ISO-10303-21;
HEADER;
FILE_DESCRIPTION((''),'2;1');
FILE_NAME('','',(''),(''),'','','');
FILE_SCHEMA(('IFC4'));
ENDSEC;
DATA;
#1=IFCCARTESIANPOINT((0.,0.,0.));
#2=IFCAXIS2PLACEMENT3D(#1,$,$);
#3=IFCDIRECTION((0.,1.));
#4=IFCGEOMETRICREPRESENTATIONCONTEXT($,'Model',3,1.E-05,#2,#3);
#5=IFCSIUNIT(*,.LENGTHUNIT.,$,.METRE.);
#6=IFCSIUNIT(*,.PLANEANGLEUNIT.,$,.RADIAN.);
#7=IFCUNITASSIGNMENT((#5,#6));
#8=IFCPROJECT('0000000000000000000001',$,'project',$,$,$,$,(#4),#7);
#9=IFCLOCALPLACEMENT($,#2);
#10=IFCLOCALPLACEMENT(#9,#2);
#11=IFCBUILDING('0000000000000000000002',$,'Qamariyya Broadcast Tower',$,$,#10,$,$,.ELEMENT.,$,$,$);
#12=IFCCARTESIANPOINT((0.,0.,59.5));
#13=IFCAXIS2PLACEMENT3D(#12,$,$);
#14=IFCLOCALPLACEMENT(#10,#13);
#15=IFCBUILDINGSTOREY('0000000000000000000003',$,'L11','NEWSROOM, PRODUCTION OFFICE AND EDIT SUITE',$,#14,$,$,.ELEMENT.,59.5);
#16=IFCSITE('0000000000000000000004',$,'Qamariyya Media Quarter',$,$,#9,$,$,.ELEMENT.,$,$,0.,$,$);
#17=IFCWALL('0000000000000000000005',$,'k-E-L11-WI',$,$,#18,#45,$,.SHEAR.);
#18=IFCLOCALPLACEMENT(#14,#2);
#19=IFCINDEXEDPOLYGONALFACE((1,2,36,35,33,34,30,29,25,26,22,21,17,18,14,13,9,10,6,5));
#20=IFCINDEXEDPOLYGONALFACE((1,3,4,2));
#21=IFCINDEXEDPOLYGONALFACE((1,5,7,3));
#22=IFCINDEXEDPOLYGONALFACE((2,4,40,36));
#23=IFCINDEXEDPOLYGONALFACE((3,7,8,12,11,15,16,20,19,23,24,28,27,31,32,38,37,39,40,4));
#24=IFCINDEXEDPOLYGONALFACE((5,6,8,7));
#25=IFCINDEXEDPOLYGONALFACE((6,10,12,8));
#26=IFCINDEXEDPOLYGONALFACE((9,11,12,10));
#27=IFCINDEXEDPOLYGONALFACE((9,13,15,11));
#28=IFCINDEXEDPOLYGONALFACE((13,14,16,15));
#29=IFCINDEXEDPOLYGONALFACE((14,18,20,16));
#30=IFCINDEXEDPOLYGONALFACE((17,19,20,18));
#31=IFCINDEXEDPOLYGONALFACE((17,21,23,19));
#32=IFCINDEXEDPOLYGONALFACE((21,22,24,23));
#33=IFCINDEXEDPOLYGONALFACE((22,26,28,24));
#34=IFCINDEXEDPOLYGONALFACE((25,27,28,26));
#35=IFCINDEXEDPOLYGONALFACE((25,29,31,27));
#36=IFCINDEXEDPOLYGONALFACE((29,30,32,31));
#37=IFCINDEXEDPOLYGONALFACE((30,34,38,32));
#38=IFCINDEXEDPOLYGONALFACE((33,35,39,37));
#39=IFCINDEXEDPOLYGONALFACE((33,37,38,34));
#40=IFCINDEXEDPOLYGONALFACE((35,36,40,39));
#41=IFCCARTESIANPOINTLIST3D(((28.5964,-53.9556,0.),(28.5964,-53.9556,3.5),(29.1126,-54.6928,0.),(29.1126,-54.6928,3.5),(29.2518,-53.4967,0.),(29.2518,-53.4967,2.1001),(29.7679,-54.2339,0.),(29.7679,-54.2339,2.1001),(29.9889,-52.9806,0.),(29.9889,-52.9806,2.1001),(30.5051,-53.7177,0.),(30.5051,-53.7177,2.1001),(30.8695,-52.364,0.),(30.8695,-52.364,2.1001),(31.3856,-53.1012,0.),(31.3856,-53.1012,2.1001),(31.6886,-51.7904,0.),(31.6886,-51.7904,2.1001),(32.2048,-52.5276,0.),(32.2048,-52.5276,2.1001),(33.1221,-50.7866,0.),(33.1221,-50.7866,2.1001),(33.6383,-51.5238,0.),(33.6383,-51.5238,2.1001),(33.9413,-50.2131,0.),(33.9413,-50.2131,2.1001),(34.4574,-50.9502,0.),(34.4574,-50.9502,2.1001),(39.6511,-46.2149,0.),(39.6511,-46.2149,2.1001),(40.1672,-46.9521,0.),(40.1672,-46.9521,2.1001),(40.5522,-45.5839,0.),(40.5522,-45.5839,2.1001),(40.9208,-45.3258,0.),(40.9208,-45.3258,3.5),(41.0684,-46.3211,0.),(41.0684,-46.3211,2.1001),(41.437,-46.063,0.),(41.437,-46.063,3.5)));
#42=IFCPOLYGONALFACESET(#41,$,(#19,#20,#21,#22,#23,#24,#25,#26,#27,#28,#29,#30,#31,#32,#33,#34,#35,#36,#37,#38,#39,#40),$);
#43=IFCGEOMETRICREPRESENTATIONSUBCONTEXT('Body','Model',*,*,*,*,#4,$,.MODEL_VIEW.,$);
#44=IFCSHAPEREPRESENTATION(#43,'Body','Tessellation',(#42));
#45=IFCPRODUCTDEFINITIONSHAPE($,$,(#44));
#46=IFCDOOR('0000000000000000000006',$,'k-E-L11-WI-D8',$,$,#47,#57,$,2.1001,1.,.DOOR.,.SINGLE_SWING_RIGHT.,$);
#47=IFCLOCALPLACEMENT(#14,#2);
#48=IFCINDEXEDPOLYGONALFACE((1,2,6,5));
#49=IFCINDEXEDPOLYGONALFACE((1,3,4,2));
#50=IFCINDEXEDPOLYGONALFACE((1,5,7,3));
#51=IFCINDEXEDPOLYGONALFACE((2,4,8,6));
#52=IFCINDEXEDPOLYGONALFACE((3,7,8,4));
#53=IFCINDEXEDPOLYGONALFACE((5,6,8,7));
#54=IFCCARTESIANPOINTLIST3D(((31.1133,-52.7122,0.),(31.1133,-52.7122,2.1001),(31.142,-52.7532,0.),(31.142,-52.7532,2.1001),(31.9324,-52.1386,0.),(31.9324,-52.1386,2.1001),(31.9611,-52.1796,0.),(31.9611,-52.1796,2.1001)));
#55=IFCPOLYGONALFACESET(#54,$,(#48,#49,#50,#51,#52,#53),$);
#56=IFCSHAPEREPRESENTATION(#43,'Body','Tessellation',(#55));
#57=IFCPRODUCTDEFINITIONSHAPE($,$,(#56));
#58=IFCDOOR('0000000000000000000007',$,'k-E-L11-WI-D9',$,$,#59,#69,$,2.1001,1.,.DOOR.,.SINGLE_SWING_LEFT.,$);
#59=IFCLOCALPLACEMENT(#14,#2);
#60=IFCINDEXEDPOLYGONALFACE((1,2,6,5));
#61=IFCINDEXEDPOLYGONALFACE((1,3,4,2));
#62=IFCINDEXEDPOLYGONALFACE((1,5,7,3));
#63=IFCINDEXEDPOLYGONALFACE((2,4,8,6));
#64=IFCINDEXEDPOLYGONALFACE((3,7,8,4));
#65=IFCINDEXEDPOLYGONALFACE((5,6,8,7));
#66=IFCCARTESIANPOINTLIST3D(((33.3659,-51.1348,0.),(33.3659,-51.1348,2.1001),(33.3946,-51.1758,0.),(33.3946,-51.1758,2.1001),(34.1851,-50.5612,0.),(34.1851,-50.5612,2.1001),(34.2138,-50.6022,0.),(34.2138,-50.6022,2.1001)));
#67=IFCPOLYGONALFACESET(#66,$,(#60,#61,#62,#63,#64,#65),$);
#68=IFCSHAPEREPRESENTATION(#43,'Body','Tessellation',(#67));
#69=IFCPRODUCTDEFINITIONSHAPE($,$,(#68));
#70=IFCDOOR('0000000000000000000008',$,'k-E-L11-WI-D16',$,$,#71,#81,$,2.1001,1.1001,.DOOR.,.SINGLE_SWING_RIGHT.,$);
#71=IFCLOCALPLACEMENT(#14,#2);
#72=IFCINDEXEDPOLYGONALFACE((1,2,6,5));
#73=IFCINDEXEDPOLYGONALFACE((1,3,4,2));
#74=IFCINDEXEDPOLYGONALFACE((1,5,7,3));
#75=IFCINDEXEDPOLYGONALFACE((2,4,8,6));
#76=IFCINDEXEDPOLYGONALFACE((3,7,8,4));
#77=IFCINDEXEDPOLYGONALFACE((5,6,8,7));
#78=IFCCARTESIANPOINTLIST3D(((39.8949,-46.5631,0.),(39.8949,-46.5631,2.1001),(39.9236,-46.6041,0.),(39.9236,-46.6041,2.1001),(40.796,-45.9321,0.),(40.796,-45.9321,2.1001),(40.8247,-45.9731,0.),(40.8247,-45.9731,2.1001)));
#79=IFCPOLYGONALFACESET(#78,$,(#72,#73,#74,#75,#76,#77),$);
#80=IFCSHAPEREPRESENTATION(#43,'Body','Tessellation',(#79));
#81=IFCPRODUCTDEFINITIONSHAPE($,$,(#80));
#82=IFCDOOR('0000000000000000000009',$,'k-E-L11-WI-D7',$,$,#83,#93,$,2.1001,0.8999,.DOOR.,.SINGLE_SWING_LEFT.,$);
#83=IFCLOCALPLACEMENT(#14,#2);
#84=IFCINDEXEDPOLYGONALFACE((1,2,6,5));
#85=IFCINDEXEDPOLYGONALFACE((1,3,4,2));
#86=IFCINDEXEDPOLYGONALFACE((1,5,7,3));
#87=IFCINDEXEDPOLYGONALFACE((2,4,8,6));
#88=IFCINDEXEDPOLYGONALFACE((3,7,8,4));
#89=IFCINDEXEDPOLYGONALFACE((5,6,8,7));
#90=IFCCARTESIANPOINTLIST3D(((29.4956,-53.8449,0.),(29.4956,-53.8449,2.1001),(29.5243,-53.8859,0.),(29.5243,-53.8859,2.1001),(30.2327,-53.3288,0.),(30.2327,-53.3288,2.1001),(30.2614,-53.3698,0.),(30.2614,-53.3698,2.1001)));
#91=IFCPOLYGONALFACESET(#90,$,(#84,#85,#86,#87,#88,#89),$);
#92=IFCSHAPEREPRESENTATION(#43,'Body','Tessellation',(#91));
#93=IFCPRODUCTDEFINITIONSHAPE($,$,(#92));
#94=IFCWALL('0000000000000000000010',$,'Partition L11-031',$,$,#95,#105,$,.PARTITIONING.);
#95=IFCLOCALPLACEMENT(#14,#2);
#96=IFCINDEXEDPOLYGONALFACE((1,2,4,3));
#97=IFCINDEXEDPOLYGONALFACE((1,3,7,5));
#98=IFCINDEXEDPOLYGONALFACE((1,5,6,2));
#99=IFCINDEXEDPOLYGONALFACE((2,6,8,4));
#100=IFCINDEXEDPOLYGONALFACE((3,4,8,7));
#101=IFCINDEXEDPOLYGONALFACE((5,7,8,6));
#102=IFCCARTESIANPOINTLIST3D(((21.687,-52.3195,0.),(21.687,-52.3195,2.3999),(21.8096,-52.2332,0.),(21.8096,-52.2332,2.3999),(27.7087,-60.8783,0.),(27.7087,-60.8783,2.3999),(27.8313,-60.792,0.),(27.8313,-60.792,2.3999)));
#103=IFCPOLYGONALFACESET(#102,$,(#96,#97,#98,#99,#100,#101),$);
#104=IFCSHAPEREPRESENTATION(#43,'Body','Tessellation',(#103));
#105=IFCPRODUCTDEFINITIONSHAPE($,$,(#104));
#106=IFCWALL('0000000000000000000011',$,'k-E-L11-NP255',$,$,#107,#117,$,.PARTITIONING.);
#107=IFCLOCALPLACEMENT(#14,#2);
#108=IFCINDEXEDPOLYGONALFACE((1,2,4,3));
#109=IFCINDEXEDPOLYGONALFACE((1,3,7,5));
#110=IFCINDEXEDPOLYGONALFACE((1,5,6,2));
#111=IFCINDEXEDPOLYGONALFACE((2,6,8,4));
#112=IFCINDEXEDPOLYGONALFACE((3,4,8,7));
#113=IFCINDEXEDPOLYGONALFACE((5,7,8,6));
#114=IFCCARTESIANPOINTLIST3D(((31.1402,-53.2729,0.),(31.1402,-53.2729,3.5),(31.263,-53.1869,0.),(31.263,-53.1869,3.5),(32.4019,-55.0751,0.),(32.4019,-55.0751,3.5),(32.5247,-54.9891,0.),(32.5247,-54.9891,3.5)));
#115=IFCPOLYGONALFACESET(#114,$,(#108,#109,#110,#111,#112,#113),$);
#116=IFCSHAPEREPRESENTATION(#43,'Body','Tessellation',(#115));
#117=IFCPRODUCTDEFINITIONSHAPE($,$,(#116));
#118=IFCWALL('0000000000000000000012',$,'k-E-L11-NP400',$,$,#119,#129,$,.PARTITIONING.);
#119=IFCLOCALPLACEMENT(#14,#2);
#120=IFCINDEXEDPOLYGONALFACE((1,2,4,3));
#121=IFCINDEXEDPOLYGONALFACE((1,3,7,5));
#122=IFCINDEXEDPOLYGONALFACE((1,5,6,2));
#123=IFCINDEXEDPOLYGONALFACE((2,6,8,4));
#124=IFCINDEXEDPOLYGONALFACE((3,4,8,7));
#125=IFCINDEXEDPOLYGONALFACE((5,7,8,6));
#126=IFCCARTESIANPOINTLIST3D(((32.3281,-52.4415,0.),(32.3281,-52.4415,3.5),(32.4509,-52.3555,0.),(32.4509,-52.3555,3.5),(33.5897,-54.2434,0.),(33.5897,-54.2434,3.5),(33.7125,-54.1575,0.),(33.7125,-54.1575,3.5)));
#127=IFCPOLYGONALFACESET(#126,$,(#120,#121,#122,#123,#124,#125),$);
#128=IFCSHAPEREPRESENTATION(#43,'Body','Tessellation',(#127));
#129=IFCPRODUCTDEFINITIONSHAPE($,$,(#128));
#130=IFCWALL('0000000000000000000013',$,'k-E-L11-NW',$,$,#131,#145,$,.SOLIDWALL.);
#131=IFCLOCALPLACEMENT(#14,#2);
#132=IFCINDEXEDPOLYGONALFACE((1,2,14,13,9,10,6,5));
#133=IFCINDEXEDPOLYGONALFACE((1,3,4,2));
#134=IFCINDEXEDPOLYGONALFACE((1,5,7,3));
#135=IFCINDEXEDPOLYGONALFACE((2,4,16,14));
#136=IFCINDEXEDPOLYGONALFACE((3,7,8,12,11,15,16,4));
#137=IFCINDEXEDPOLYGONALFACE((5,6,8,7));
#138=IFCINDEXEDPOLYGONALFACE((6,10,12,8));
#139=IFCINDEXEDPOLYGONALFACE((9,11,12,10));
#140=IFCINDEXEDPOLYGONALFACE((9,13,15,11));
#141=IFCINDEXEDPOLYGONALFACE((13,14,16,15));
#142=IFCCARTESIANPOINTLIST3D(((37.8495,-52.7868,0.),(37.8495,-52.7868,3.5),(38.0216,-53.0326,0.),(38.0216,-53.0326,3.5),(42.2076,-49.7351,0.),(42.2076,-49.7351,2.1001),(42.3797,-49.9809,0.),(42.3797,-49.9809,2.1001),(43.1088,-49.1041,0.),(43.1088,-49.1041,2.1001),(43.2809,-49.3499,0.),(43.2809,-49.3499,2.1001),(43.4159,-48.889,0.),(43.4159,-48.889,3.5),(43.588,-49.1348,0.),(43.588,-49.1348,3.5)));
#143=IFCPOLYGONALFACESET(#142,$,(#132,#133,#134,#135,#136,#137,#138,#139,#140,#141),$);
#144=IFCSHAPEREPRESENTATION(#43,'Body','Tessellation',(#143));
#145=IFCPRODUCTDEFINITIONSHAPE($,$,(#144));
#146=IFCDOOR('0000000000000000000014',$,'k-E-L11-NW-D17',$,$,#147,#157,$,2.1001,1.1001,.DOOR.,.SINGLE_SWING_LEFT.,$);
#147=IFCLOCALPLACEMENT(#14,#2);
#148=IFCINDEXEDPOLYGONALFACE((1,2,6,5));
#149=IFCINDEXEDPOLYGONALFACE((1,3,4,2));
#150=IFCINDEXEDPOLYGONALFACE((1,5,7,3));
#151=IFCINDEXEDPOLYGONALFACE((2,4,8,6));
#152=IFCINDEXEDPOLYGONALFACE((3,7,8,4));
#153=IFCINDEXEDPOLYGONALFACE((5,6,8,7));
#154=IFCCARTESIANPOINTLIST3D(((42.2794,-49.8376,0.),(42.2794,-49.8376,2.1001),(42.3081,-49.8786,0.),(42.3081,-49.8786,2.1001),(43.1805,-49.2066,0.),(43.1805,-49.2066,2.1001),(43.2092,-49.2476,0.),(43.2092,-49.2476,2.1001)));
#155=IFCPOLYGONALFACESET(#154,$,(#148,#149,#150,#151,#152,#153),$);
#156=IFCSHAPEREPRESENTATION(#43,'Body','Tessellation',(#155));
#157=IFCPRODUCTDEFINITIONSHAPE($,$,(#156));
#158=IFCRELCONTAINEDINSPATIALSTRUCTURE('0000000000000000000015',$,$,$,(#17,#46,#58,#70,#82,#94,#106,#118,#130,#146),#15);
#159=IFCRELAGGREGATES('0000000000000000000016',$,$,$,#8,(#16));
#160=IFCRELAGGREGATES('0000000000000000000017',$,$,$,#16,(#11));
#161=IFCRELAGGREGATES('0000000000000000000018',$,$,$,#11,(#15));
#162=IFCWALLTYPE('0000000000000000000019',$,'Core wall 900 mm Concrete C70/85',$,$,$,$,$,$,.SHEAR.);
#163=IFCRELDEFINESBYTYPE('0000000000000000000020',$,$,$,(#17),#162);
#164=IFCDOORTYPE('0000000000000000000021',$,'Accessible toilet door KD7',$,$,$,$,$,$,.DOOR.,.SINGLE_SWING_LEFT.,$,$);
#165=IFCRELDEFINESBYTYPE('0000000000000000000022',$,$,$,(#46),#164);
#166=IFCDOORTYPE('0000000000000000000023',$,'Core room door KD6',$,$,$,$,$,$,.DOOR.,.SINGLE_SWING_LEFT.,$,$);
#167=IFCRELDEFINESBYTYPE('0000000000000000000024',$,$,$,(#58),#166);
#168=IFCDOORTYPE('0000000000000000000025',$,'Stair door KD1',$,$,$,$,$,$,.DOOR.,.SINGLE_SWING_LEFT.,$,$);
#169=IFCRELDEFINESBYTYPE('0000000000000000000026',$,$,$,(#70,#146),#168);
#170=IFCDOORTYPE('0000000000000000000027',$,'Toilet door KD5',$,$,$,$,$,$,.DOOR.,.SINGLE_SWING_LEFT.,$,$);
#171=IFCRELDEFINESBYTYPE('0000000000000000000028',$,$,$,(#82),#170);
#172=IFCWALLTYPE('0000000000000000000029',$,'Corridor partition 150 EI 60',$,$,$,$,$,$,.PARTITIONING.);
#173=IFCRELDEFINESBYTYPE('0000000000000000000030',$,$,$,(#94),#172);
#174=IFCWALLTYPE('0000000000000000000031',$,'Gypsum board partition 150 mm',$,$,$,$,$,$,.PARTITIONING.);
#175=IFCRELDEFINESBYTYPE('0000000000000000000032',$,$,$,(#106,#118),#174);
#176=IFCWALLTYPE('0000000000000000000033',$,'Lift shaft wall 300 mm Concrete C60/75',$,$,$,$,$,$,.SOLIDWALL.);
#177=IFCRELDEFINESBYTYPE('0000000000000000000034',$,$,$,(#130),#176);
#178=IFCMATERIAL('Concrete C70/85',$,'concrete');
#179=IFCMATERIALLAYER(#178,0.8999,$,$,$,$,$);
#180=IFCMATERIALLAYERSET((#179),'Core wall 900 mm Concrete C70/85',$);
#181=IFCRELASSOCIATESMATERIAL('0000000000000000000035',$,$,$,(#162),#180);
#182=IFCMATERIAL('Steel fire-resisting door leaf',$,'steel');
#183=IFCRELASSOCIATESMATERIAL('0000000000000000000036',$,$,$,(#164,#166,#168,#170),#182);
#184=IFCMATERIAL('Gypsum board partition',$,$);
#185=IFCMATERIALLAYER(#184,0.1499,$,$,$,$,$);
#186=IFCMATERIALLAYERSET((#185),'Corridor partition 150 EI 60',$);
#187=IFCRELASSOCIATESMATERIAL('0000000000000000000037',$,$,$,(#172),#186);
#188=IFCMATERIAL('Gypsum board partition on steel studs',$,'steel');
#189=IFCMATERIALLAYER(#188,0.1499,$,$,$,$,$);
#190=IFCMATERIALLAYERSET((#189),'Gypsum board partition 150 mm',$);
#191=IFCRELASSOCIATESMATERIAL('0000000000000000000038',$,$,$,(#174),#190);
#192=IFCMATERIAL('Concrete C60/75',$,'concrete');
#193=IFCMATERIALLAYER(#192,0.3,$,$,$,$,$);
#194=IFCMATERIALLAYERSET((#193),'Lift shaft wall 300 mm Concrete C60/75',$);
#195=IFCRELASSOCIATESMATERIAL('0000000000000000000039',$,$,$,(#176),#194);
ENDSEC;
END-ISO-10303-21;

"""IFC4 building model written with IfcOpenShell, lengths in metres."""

from ifc_helpers import new_model, si_unit, direction, frame, frame_2d, origin, place, context, subcontext, project, spatial, rectangle, extrude, material, layer, layer_set, type_object, element, fill, save


model = new_model("IFC4")

# Units and contexts
model_context = context("Model", 3, precision=1e-05, world=origin(), true_north=direction((0.0, 1.0)))
body_context = subcontext(model_context, "Body", "Model", "MODEL_VIEW")
ifc_project = project(units=[si_unit("LENGTHUNIT", "METRE"), si_unit("PLANEANGLEUNIT", "RADIAN")], contexts=[model_context])

# Site, building, storey
site_placement = place(None, origin())
site = spatial("IfcSite", under=ifc_project, at=site_placement, Name="Qamariyya Media Quarter", CompositionType="ELEMENT", RefElevation=0.0)
building_placement = place(site_placement, origin())
building = spatial("IfcBuilding", under=site, at=building_placement, Name="Qamariyya Broadcast Tower", CompositionType="ELEMENT")
storey_placement = place(building_placement, frame((0.0, 0.0, 59.5)))
storey = spatial("IfcBuildingStorey", under=building, at=storey_placement, Name="L11", Description="NEWSROOM, PRODUCTION OFFICE AND EDIT SUITE", CompositionType="ELEMENT", Elevation=59.5)

# Shared definitions
ifc_material_1 = material(Name="Concrete C70/85", Category="concrete")

# Wall, openings, doors
ifc_layer_1 = layer(ifc_material_1, 0.8999)
ifc_layer_set_1 = layer_set([ifc_layer_1], Name="Core wall 900 mm Concrete C70/85")
wall_type_1 = type_object("IfcWallType", Name="Core wall 900 mm Concrete C70/85", PredefinedType="SHEAR", material=ifc_layer_set_1)
wall_1_placement = place(storey_placement, frame((28.8545, -54.3242, 0.0), z_axis=(0.0, 0.0, 1.0), x_axis=(0.819146, 0.573585, 0.0)))
wall_1 = element("IfcWall", 1, at=wall_1_placement, inside=storey, type_object=wall_type_1, Name="k-E-L11-WI", PredefinedType="SHEAR", context=body_context, shape_type="SweptSolid", body=[
    extrude(rectangle(XDim=15.0454, YDim=0.8999, at=frame_2d((7.5227, 0.0))), origin(), (0.0, 0.0, 1.0), 3.5),
])
opening_1_placement = place(wall_1_placement, frame((0.8, 0.0, 0.0)))
opening_1 = element("IfcOpeningElement", 2, at=opening_1_placement, cuts=wall_1, PredefinedType="OPENING", context=body_context, shape_type="SweptSolid", body=[
    extrude(rectangle(XDim=0.8999, YDim=2.1001, at=frame_2d((0.45, 1.05))), frame((0.0, 0.46, 0.0), z_axis=(0.0, -1.0, 0.0), x_axis=(1.0, 0.0, 0.0)), (0.0, 0.0, 1.0), 0.9199),
])
opening_2_placement = place(wall_1_placement, frame((2.7749, 0.0, 0.0)))
opening_2 = element("IfcOpeningElement", 3, at=opening_2_placement, cuts=wall_1, PredefinedType="OPENING", context=body_context, shape_type="SweptSolid", body=[
    extrude(rectangle(XDim=1.0, YDim=2.1001, at=frame_2d((0.5, 1.05))), frame((0.0, 0.46, 0.0), z_axis=(0.0, -1.0, 0.0), x_axis=(1.0, 0.0, 0.0)), (0.0, 0.0, 1.0), 0.9199),
])
opening_3_placement = place(wall_1_placement, frame((5.5249, 0.0, 0.0)))
opening_3 = element("IfcOpeningElement", 4, at=opening_3_placement, cuts=wall_1, PredefinedType="OPENING", context=body_context, shape_type="SweptSolid", body=[
    extrude(rectangle(XDim=1.0, YDim=2.1001, at=frame_2d((0.5, 1.05))), frame((0.0, 0.46, 0.0), z_axis=(0.0, -1.0, 0.0), x_axis=(1.0, 0.0, 0.0)), (0.0, 0.0, 1.0), 0.9199),
])
opening_4_placement = place(wall_1_placement, frame((13.4954, 0.0, 0.0)))
opening_4 = element("IfcOpeningElement", 5, at=opening_4_placement, cuts=wall_1, PredefinedType="OPENING", context=body_context, shape_type="SweptSolid", body=[
    extrude(rectangle(XDim=1.1001, YDim=2.1001, at=frame_2d((0.55, 1.05))), frame((0.0, 0.46, 0.0), z_axis=(0.0, -1.0, 0.0), x_axis=(1.0, 0.0, 0.0)), (0.0, 0.0, 1.0), 0.9199),
])
ifc_material_2 = material(Name="Steel fire-resisting door leaf", Category="steel")
door_type_1 = type_object("IfcDoorType", Name="Accessible toilet door KD7", OperationType="SINGLE_SWING_LEFT", PredefinedType="DOOR", material=ifc_material_2)
door_1_placement = place(opening_2_placement, origin())
door_1 = element("IfcDoor", 6, at=door_1_placement, inside=storey, type_object=door_type_1, Name="k-E-L11-WI-D8", OperationType="SINGLE_SWING_RIGHT", OverallHeight=2.1001, OverallWidth=1.0, PredefinedType="DOOR", context=body_context, shape_type="SweptSolid", body=[
    extrude(rectangle(XDim=1.0, YDim=2.1001, at=frame_2d((0.5, 1.05))), frame((0.0, 0.0249, 0.0), z_axis=(0.0, -1.0, 0.0), x_axis=(1.0, 0.0, 0.0)), (0.0, 0.0, 1.0), 0.05),
])
fill(opening_2, door_1)
door_type_2 = type_object("IfcDoorType", Name="Core room door KD6", OperationType="SINGLE_SWING_LEFT", PredefinedType="DOOR", material=ifc_material_2)
door_2_placement = place(opening_3_placement, origin())
door_2 = element("IfcDoor", 7, at=door_2_placement, inside=storey, type_object=door_type_2, Name="k-E-L11-WI-D9", OperationType="SINGLE_SWING_LEFT", OverallHeight=2.1001, OverallWidth=1.0, PredefinedType="DOOR", context=body_context, shape_type="SweptSolid", body=[
    extrude(rectangle(XDim=1.0, YDim=2.1001, at=frame_2d((0.5, 1.05))), frame((0.0, 0.0249, 0.0), z_axis=(0.0, -1.0, 0.0), x_axis=(1.0, 0.0, 0.0)), (0.0, 0.0, 1.0), 0.05),
])
fill(opening_3, door_2)
door_type_3 = type_object("IfcDoorType", Name="Stair door KD1", OperationType="SINGLE_SWING_LEFT", PredefinedType="DOOR", material=ifc_material_2)
door_3_placement = place(opening_4_placement, origin())
door_3 = element("IfcDoor", 8, at=door_3_placement, inside=storey, type_object=door_type_3, Name="k-E-L11-WI-D16", OperationType="SINGLE_SWING_RIGHT", OverallHeight=2.1001, OverallWidth=1.1001, PredefinedType="DOOR", context=body_context, shape_type="SweptSolid", body=[
    extrude(rectangle(XDim=1.1001, YDim=2.1001, at=frame_2d((0.55, 1.05))), frame((0.0, 0.0249, 0.0), z_axis=(0.0, -1.0, 0.0), x_axis=(1.0, 0.0, 0.0)), (0.0, 0.0, 1.0), 0.05),
])
fill(opening_4, door_3)
door_type_4 = type_object("IfcDoorType", Name="Toilet door KD5", OperationType="SINGLE_SWING_LEFT", PredefinedType="DOOR", material=ifc_material_2)
door_4_placement = place(opening_1_placement, origin())
door_4 = element("IfcDoor", 9, at=door_4_placement, inside=storey, type_object=door_type_4, Name="k-E-L11-WI-D7", OperationType="SINGLE_SWING_LEFT", OverallHeight=2.1001, OverallWidth=0.8999, PredefinedType="DOOR", context=body_context, shape_type="SweptSolid", body=[
    extrude(rectangle(XDim=0.8999, YDim=2.1001, at=frame_2d((0.45, 1.05))), frame((0.0, 0.0249, 0.0), z_axis=(0.0, -1.0, 0.0), x_axis=(1.0, 0.0, 0.0)), (0.0, 0.0, 1.0), 0.05),
])
fill(opening_1, door_4)

# Walls
ifc_material_3 = material(Name="Gypsum board partition")
ifc_layer_2 = layer(ifc_material_3, 0.1499)
ifc_layer_set_2 = layer_set([ifc_layer_2], Name="Corridor partition 150 EI 60")
wall_type_2 = type_object("IfcWallType", Name="Corridor partition 150 EI 60", PredefinedType="PARTITIONING", material=ifc_layer_set_2)
wall_2_placement = place(storey_placement, frame((21.7483, -52.2764, 0.0), z_axis=(0.0, 0.0, 1.0), x_axis=(0.575419, -0.817858, 0.0)))
element("IfcWall", 10, at=wall_2_placement, inside=storey, type_object=wall_type_2, Name="Partition L11-031", PredefinedType="PARTITIONING", context=body_context, shape_type="SweptSolid", body=[
    extrude(rectangle(XDim=10.4648, YDim=0.1499, at=frame_2d((5.2324, 0.0))), origin(), (0.0, 0.0, 1.0), 2.3999),
])
ifc_material_4 = material(Name="Gypsum board partition on steel studs", Category="steel")
ifc_layer_3 = layer(ifc_material_4, 0.1499)
ifc_layer_set_3 = layer_set([ifc_layer_3], Name="Gypsum board partition 150 mm")
wall_type_3 = type_object("IfcWallType", Name="Gypsum board partition 150 mm", PredefinedType="PARTITIONING", material=ifc_layer_set_3)
wall_3_placement = place(storey_placement, frame((32.4634, -55.0322, 0.0), z_axis=(0.0, 0.0, 1.0), x_axis=(-0.573507, 0.819201, 0.0)))
element("IfcWall", 11, at=wall_3_placement, inside=storey, type_object=wall_type_3, Name="k-E-L11-NP255", PredefinedType="PARTITIONING", context=body_context, shape_type="SweptSolid", body=[
    extrude(rectangle(XDim=2.2, YDim=0.1499, at=frame_2d((1.1001, 0.0))), origin(), (0.0, 0.0, 1.0), 3.5),
])
wall_4_placement = place(storey_placement, frame((33.6511, -54.2004, 0.0), z_axis=(0.0, 0.0, 1.0), x_axis=(-0.573559, 0.819164, 0.0)))
element("IfcWall", 12, at=wall_4_placement, inside=storey, type_object=wall_type_3, Name="k-E-L11-NP400", PredefinedType="PARTITIONING", context=body_context, shape_type="SweptSolid", body=[
    extrude(rectangle(XDim=2.1997, YDim=0.1499, at=frame_2d((1.0999, 0.0))), origin(), (0.0, 0.0, 1.0), 3.5),
])

# Wall, opening, door
ifc_material_5 = material(Name="Concrete C60/75", Category="concrete")
ifc_layer_4 = layer(ifc_material_5, 0.3)
ifc_layer_set_4 = layer_set([ifc_layer_4], Name="Lift shaft wall 300 mm Concrete C60/75")
wall_type_4 = type_object("IfcWallType", Name="Lift shaft wall 300 mm Concrete C60/75", PredefinedType="SOLIDWALL", material=ifc_layer_set_4)
wall_5_placement = place(storey_placement, frame((37.9355, -52.9097, 0.0), z_axis=(0.0, 0.0, 1.0), x_axis=(0.819148, 0.573583, 0.0)))
wall_5 = element("IfcWall", 13, at=wall_5_placement, inside=storey, type_object=wall_type_4, Name="k-E-L11-NW", PredefinedType="SOLIDWALL", context=body_context, shape_type="SweptSolid", body=[
    extrude(rectangle(XDim=6.7954, YDim=0.3, at=frame_2d((3.3977, 0.0))), origin(), (0.0, 0.0, 1.0), 3.5),
])
opening_5_placement = place(wall_5_placement, frame((5.3203, 0.0, 0.0)))
opening_5 = element("IfcOpeningElement", 14, at=opening_5_placement, cuts=wall_5, PredefinedType="OPENING", context=body_context, shape_type="SweptSolid", body=[
    extrude(rectangle(XDim=1.1001, YDim=2.1001, at=frame_2d((0.55, 1.05))), frame((0.0, 0.1599, 0.0), z_axis=(0.0, -1.0, 0.0), x_axis=(1.0, 0.0, 0.0)), (0.0, 0.0, 1.0), 0.3201),
])
door_5_placement = place(opening_5_placement, origin())
door_5 = element("IfcDoor", 15, at=door_5_placement, inside=storey, type_object=door_type_3, Name="k-E-L11-NW-D17", OperationType="SINGLE_SWING_LEFT", OverallHeight=2.1001, OverallWidth=1.1001, PredefinedType="DOOR", context=body_context, shape_type="SweptSolid", body=[
    extrude(rectangle(XDim=1.1001, YDim=2.1001, at=frame_2d((0.55, 1.05))), frame((0.0, 0.0249, 0.0), z_axis=(0.0, -1.0, 0.0), x_axis=(1.0, 0.0, 0.0)), (0.0, 0.0, 1.0), 0.05),
])
fill(opening_5, door_5)

save(model, "model.ifc")
